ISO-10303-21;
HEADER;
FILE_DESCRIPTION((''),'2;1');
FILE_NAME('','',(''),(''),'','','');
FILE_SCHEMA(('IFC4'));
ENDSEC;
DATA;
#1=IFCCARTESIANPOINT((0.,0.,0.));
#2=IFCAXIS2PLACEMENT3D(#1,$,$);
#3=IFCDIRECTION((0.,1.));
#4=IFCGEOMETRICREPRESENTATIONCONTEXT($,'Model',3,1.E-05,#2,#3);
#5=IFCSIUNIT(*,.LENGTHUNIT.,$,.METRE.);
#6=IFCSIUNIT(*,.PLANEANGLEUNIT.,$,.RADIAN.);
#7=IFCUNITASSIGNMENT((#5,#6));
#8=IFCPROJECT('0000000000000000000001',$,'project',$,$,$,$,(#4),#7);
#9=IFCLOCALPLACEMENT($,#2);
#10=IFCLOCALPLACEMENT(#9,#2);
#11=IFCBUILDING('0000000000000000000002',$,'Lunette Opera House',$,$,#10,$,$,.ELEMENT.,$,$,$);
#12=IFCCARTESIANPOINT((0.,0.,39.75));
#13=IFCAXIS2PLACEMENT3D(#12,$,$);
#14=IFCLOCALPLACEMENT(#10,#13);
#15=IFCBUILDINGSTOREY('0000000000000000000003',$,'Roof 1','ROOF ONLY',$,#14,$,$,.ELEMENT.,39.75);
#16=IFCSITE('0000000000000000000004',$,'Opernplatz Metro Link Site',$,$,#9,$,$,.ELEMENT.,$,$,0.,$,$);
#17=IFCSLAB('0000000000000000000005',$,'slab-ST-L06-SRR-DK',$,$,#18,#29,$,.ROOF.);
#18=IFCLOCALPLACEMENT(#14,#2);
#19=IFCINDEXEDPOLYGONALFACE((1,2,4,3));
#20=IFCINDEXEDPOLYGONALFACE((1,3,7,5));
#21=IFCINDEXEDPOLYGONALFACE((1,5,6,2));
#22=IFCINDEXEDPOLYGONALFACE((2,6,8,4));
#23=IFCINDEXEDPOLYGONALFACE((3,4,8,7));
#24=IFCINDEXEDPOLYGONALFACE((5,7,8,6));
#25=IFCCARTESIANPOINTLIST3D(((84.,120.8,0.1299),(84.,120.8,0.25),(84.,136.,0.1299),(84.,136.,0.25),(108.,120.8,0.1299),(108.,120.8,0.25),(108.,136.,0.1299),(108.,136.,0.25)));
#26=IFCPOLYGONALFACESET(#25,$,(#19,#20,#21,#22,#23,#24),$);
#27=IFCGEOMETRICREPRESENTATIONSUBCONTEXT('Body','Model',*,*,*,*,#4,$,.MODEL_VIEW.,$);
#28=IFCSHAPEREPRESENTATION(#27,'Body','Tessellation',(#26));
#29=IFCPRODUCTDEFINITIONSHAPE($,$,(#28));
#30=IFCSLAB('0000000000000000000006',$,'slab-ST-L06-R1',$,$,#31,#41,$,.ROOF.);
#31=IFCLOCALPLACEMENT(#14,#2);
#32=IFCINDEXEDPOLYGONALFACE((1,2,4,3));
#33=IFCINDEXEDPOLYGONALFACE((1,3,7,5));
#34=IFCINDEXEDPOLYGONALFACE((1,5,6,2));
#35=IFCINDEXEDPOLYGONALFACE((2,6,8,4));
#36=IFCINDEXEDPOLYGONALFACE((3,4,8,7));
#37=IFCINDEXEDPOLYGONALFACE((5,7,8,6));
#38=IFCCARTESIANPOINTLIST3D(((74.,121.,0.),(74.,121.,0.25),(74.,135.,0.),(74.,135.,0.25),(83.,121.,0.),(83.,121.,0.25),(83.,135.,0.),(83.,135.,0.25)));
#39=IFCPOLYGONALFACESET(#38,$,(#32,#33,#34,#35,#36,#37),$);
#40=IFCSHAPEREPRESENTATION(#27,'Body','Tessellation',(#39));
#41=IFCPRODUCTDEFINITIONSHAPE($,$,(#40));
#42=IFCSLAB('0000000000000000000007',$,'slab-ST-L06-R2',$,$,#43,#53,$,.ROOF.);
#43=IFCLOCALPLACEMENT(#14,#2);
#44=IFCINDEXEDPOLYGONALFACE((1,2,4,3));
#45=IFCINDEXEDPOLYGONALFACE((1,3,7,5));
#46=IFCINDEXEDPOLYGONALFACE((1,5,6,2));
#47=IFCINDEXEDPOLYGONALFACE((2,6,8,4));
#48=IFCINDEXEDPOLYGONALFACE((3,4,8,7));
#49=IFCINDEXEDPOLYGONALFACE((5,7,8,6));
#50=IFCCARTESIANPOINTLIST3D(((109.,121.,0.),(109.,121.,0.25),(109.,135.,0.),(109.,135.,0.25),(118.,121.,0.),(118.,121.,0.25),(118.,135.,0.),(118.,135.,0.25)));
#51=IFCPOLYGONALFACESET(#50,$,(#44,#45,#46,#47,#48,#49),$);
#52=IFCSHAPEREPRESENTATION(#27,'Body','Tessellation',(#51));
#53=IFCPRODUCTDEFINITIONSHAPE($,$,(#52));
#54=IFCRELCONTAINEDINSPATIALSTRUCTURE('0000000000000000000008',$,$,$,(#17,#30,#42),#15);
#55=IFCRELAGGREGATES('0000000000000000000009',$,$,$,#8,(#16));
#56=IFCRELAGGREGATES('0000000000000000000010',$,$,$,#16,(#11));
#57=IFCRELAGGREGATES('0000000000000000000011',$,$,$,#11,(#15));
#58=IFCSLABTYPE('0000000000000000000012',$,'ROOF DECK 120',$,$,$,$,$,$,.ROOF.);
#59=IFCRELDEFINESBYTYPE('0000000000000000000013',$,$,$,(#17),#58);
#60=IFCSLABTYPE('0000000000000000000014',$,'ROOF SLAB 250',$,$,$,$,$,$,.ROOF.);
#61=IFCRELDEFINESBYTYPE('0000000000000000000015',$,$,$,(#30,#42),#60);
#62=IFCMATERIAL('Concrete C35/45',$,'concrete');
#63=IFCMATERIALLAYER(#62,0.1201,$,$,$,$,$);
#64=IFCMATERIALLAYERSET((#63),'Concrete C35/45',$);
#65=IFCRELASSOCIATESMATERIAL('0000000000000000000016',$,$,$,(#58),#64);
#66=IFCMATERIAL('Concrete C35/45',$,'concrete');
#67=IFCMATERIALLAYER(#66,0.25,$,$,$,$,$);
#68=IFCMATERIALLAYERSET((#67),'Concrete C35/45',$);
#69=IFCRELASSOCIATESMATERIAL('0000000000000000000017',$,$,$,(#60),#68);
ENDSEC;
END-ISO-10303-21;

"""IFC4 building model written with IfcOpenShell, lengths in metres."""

from ifc_helpers import new_model, si_unit, direction, frame, origin, place, context, subcontext, project, spatial, polyline, outline, extrude, material, layer, layer_set, type_object, element, save


model = new_model("IFC4")

# Units and contexts
model_context = context("Model", 3, precision=1e-05, world=origin(), true_north=direction((0.0, 1.0)))
body_context = subcontext(model_context, "Body", "Model", "MODEL_VIEW")
ifc_project = project(units=[si_unit("LENGTHUNIT", "METRE"), si_unit("PLANEANGLEUNIT", "RADIAN")], contexts=[model_context])

# Site, building, storey
site_placement = place(None, origin())
site = spatial("IfcSite", under=ifc_project, at=site_placement, Name="Opernplatz Metro Link Site", CompositionType="ELEMENT", RefElevation=0.0)
building_placement = place(site_placement, origin())
building = spatial("IfcBuilding", under=site, at=building_placement, Name="Lunette Opera House", CompositionType="ELEMENT")
storey_placement = place(building_placement, frame((0.0, 0.0, 39.75)))
storey = spatial("IfcBuildingStorey", under=building, at=storey_placement, Name="Roof 1", Description="ROOF ONLY", CompositionType="ELEMENT", Elevation=39.75)

# Slabs
ifc_material_1 = material(Name="Concrete C35/45", Category="concrete")
ifc_layer_1 = layer(ifc_material_1, 0.1201)
ifc_layer_set_1 = layer_set([ifc_layer_1], Name="Concrete C35/45")
slab_type_1 = type_object("IfcSlabType", Name="ROOF DECK 120", PredefinedType="ROOF", material=ifc_layer_set_1)
slab_1_placement = place(storey_placement, frame((0.0, 0.0, 0.1299)))
element("IfcSlab", 1, at=slab_1_placement, inside=storey, type_object=slab_type_1, Name="slab-ST-L06-SRR-DK", PredefinedType="ROOF", context=body_context, shape_type="SweptSolid", body=[
    extrude(outline(polyline([(108.0, 120.8), (108.0, 136.0), (84.0, 136.0), (84.0, 120.8), (108.0, 120.8)])), origin(), (0.0, 0.0, 1.0), 0.1201),
])
ifc_material_2 = material(Name="Concrete C35/45", Category="concrete")
ifc_layer_2 = layer(ifc_material_2, 0.25)
ifc_layer_set_2 = layer_set([ifc_layer_2], Name="Concrete C35/45")
slab_type_2 = type_object("IfcSlabType", Name="ROOF SLAB 250", PredefinedType="ROOF", material=ifc_layer_set_2)
slab_2_placement = place(storey_placement, origin())
element("IfcSlab", 2, at=slab_2_placement, inside=storey, type_object=slab_type_2, Name="slab-ST-L06-R1", PredefinedType="ROOF", context=body_context, shape_type="SweptSolid", body=[
    extrude(outline(polyline([(74.0, 135.0), (74.0, 121.0), (83.0, 121.0), (83.0, 135.0), (74.0, 135.0)])), origin(), (0.0, 0.0, 1.0), 0.25),
])
slab_3_placement = place(storey_placement, origin())
element("IfcSlab", 3, at=slab_3_placement, inside=storey, type_object=slab_type_2, Name="slab-ST-L06-R2", PredefinedType="ROOF", context=body_context, shape_type="SweptSolid", body=[
    extrude(outline(polyline([(109.0, 135.0), (109.0, 121.0), (118.0, 121.0), (118.0, 135.0), (109.0, 135.0)])), origin(), (0.0, 0.0, 1.0), 0.25),
])

save(model, "model.ifc")
